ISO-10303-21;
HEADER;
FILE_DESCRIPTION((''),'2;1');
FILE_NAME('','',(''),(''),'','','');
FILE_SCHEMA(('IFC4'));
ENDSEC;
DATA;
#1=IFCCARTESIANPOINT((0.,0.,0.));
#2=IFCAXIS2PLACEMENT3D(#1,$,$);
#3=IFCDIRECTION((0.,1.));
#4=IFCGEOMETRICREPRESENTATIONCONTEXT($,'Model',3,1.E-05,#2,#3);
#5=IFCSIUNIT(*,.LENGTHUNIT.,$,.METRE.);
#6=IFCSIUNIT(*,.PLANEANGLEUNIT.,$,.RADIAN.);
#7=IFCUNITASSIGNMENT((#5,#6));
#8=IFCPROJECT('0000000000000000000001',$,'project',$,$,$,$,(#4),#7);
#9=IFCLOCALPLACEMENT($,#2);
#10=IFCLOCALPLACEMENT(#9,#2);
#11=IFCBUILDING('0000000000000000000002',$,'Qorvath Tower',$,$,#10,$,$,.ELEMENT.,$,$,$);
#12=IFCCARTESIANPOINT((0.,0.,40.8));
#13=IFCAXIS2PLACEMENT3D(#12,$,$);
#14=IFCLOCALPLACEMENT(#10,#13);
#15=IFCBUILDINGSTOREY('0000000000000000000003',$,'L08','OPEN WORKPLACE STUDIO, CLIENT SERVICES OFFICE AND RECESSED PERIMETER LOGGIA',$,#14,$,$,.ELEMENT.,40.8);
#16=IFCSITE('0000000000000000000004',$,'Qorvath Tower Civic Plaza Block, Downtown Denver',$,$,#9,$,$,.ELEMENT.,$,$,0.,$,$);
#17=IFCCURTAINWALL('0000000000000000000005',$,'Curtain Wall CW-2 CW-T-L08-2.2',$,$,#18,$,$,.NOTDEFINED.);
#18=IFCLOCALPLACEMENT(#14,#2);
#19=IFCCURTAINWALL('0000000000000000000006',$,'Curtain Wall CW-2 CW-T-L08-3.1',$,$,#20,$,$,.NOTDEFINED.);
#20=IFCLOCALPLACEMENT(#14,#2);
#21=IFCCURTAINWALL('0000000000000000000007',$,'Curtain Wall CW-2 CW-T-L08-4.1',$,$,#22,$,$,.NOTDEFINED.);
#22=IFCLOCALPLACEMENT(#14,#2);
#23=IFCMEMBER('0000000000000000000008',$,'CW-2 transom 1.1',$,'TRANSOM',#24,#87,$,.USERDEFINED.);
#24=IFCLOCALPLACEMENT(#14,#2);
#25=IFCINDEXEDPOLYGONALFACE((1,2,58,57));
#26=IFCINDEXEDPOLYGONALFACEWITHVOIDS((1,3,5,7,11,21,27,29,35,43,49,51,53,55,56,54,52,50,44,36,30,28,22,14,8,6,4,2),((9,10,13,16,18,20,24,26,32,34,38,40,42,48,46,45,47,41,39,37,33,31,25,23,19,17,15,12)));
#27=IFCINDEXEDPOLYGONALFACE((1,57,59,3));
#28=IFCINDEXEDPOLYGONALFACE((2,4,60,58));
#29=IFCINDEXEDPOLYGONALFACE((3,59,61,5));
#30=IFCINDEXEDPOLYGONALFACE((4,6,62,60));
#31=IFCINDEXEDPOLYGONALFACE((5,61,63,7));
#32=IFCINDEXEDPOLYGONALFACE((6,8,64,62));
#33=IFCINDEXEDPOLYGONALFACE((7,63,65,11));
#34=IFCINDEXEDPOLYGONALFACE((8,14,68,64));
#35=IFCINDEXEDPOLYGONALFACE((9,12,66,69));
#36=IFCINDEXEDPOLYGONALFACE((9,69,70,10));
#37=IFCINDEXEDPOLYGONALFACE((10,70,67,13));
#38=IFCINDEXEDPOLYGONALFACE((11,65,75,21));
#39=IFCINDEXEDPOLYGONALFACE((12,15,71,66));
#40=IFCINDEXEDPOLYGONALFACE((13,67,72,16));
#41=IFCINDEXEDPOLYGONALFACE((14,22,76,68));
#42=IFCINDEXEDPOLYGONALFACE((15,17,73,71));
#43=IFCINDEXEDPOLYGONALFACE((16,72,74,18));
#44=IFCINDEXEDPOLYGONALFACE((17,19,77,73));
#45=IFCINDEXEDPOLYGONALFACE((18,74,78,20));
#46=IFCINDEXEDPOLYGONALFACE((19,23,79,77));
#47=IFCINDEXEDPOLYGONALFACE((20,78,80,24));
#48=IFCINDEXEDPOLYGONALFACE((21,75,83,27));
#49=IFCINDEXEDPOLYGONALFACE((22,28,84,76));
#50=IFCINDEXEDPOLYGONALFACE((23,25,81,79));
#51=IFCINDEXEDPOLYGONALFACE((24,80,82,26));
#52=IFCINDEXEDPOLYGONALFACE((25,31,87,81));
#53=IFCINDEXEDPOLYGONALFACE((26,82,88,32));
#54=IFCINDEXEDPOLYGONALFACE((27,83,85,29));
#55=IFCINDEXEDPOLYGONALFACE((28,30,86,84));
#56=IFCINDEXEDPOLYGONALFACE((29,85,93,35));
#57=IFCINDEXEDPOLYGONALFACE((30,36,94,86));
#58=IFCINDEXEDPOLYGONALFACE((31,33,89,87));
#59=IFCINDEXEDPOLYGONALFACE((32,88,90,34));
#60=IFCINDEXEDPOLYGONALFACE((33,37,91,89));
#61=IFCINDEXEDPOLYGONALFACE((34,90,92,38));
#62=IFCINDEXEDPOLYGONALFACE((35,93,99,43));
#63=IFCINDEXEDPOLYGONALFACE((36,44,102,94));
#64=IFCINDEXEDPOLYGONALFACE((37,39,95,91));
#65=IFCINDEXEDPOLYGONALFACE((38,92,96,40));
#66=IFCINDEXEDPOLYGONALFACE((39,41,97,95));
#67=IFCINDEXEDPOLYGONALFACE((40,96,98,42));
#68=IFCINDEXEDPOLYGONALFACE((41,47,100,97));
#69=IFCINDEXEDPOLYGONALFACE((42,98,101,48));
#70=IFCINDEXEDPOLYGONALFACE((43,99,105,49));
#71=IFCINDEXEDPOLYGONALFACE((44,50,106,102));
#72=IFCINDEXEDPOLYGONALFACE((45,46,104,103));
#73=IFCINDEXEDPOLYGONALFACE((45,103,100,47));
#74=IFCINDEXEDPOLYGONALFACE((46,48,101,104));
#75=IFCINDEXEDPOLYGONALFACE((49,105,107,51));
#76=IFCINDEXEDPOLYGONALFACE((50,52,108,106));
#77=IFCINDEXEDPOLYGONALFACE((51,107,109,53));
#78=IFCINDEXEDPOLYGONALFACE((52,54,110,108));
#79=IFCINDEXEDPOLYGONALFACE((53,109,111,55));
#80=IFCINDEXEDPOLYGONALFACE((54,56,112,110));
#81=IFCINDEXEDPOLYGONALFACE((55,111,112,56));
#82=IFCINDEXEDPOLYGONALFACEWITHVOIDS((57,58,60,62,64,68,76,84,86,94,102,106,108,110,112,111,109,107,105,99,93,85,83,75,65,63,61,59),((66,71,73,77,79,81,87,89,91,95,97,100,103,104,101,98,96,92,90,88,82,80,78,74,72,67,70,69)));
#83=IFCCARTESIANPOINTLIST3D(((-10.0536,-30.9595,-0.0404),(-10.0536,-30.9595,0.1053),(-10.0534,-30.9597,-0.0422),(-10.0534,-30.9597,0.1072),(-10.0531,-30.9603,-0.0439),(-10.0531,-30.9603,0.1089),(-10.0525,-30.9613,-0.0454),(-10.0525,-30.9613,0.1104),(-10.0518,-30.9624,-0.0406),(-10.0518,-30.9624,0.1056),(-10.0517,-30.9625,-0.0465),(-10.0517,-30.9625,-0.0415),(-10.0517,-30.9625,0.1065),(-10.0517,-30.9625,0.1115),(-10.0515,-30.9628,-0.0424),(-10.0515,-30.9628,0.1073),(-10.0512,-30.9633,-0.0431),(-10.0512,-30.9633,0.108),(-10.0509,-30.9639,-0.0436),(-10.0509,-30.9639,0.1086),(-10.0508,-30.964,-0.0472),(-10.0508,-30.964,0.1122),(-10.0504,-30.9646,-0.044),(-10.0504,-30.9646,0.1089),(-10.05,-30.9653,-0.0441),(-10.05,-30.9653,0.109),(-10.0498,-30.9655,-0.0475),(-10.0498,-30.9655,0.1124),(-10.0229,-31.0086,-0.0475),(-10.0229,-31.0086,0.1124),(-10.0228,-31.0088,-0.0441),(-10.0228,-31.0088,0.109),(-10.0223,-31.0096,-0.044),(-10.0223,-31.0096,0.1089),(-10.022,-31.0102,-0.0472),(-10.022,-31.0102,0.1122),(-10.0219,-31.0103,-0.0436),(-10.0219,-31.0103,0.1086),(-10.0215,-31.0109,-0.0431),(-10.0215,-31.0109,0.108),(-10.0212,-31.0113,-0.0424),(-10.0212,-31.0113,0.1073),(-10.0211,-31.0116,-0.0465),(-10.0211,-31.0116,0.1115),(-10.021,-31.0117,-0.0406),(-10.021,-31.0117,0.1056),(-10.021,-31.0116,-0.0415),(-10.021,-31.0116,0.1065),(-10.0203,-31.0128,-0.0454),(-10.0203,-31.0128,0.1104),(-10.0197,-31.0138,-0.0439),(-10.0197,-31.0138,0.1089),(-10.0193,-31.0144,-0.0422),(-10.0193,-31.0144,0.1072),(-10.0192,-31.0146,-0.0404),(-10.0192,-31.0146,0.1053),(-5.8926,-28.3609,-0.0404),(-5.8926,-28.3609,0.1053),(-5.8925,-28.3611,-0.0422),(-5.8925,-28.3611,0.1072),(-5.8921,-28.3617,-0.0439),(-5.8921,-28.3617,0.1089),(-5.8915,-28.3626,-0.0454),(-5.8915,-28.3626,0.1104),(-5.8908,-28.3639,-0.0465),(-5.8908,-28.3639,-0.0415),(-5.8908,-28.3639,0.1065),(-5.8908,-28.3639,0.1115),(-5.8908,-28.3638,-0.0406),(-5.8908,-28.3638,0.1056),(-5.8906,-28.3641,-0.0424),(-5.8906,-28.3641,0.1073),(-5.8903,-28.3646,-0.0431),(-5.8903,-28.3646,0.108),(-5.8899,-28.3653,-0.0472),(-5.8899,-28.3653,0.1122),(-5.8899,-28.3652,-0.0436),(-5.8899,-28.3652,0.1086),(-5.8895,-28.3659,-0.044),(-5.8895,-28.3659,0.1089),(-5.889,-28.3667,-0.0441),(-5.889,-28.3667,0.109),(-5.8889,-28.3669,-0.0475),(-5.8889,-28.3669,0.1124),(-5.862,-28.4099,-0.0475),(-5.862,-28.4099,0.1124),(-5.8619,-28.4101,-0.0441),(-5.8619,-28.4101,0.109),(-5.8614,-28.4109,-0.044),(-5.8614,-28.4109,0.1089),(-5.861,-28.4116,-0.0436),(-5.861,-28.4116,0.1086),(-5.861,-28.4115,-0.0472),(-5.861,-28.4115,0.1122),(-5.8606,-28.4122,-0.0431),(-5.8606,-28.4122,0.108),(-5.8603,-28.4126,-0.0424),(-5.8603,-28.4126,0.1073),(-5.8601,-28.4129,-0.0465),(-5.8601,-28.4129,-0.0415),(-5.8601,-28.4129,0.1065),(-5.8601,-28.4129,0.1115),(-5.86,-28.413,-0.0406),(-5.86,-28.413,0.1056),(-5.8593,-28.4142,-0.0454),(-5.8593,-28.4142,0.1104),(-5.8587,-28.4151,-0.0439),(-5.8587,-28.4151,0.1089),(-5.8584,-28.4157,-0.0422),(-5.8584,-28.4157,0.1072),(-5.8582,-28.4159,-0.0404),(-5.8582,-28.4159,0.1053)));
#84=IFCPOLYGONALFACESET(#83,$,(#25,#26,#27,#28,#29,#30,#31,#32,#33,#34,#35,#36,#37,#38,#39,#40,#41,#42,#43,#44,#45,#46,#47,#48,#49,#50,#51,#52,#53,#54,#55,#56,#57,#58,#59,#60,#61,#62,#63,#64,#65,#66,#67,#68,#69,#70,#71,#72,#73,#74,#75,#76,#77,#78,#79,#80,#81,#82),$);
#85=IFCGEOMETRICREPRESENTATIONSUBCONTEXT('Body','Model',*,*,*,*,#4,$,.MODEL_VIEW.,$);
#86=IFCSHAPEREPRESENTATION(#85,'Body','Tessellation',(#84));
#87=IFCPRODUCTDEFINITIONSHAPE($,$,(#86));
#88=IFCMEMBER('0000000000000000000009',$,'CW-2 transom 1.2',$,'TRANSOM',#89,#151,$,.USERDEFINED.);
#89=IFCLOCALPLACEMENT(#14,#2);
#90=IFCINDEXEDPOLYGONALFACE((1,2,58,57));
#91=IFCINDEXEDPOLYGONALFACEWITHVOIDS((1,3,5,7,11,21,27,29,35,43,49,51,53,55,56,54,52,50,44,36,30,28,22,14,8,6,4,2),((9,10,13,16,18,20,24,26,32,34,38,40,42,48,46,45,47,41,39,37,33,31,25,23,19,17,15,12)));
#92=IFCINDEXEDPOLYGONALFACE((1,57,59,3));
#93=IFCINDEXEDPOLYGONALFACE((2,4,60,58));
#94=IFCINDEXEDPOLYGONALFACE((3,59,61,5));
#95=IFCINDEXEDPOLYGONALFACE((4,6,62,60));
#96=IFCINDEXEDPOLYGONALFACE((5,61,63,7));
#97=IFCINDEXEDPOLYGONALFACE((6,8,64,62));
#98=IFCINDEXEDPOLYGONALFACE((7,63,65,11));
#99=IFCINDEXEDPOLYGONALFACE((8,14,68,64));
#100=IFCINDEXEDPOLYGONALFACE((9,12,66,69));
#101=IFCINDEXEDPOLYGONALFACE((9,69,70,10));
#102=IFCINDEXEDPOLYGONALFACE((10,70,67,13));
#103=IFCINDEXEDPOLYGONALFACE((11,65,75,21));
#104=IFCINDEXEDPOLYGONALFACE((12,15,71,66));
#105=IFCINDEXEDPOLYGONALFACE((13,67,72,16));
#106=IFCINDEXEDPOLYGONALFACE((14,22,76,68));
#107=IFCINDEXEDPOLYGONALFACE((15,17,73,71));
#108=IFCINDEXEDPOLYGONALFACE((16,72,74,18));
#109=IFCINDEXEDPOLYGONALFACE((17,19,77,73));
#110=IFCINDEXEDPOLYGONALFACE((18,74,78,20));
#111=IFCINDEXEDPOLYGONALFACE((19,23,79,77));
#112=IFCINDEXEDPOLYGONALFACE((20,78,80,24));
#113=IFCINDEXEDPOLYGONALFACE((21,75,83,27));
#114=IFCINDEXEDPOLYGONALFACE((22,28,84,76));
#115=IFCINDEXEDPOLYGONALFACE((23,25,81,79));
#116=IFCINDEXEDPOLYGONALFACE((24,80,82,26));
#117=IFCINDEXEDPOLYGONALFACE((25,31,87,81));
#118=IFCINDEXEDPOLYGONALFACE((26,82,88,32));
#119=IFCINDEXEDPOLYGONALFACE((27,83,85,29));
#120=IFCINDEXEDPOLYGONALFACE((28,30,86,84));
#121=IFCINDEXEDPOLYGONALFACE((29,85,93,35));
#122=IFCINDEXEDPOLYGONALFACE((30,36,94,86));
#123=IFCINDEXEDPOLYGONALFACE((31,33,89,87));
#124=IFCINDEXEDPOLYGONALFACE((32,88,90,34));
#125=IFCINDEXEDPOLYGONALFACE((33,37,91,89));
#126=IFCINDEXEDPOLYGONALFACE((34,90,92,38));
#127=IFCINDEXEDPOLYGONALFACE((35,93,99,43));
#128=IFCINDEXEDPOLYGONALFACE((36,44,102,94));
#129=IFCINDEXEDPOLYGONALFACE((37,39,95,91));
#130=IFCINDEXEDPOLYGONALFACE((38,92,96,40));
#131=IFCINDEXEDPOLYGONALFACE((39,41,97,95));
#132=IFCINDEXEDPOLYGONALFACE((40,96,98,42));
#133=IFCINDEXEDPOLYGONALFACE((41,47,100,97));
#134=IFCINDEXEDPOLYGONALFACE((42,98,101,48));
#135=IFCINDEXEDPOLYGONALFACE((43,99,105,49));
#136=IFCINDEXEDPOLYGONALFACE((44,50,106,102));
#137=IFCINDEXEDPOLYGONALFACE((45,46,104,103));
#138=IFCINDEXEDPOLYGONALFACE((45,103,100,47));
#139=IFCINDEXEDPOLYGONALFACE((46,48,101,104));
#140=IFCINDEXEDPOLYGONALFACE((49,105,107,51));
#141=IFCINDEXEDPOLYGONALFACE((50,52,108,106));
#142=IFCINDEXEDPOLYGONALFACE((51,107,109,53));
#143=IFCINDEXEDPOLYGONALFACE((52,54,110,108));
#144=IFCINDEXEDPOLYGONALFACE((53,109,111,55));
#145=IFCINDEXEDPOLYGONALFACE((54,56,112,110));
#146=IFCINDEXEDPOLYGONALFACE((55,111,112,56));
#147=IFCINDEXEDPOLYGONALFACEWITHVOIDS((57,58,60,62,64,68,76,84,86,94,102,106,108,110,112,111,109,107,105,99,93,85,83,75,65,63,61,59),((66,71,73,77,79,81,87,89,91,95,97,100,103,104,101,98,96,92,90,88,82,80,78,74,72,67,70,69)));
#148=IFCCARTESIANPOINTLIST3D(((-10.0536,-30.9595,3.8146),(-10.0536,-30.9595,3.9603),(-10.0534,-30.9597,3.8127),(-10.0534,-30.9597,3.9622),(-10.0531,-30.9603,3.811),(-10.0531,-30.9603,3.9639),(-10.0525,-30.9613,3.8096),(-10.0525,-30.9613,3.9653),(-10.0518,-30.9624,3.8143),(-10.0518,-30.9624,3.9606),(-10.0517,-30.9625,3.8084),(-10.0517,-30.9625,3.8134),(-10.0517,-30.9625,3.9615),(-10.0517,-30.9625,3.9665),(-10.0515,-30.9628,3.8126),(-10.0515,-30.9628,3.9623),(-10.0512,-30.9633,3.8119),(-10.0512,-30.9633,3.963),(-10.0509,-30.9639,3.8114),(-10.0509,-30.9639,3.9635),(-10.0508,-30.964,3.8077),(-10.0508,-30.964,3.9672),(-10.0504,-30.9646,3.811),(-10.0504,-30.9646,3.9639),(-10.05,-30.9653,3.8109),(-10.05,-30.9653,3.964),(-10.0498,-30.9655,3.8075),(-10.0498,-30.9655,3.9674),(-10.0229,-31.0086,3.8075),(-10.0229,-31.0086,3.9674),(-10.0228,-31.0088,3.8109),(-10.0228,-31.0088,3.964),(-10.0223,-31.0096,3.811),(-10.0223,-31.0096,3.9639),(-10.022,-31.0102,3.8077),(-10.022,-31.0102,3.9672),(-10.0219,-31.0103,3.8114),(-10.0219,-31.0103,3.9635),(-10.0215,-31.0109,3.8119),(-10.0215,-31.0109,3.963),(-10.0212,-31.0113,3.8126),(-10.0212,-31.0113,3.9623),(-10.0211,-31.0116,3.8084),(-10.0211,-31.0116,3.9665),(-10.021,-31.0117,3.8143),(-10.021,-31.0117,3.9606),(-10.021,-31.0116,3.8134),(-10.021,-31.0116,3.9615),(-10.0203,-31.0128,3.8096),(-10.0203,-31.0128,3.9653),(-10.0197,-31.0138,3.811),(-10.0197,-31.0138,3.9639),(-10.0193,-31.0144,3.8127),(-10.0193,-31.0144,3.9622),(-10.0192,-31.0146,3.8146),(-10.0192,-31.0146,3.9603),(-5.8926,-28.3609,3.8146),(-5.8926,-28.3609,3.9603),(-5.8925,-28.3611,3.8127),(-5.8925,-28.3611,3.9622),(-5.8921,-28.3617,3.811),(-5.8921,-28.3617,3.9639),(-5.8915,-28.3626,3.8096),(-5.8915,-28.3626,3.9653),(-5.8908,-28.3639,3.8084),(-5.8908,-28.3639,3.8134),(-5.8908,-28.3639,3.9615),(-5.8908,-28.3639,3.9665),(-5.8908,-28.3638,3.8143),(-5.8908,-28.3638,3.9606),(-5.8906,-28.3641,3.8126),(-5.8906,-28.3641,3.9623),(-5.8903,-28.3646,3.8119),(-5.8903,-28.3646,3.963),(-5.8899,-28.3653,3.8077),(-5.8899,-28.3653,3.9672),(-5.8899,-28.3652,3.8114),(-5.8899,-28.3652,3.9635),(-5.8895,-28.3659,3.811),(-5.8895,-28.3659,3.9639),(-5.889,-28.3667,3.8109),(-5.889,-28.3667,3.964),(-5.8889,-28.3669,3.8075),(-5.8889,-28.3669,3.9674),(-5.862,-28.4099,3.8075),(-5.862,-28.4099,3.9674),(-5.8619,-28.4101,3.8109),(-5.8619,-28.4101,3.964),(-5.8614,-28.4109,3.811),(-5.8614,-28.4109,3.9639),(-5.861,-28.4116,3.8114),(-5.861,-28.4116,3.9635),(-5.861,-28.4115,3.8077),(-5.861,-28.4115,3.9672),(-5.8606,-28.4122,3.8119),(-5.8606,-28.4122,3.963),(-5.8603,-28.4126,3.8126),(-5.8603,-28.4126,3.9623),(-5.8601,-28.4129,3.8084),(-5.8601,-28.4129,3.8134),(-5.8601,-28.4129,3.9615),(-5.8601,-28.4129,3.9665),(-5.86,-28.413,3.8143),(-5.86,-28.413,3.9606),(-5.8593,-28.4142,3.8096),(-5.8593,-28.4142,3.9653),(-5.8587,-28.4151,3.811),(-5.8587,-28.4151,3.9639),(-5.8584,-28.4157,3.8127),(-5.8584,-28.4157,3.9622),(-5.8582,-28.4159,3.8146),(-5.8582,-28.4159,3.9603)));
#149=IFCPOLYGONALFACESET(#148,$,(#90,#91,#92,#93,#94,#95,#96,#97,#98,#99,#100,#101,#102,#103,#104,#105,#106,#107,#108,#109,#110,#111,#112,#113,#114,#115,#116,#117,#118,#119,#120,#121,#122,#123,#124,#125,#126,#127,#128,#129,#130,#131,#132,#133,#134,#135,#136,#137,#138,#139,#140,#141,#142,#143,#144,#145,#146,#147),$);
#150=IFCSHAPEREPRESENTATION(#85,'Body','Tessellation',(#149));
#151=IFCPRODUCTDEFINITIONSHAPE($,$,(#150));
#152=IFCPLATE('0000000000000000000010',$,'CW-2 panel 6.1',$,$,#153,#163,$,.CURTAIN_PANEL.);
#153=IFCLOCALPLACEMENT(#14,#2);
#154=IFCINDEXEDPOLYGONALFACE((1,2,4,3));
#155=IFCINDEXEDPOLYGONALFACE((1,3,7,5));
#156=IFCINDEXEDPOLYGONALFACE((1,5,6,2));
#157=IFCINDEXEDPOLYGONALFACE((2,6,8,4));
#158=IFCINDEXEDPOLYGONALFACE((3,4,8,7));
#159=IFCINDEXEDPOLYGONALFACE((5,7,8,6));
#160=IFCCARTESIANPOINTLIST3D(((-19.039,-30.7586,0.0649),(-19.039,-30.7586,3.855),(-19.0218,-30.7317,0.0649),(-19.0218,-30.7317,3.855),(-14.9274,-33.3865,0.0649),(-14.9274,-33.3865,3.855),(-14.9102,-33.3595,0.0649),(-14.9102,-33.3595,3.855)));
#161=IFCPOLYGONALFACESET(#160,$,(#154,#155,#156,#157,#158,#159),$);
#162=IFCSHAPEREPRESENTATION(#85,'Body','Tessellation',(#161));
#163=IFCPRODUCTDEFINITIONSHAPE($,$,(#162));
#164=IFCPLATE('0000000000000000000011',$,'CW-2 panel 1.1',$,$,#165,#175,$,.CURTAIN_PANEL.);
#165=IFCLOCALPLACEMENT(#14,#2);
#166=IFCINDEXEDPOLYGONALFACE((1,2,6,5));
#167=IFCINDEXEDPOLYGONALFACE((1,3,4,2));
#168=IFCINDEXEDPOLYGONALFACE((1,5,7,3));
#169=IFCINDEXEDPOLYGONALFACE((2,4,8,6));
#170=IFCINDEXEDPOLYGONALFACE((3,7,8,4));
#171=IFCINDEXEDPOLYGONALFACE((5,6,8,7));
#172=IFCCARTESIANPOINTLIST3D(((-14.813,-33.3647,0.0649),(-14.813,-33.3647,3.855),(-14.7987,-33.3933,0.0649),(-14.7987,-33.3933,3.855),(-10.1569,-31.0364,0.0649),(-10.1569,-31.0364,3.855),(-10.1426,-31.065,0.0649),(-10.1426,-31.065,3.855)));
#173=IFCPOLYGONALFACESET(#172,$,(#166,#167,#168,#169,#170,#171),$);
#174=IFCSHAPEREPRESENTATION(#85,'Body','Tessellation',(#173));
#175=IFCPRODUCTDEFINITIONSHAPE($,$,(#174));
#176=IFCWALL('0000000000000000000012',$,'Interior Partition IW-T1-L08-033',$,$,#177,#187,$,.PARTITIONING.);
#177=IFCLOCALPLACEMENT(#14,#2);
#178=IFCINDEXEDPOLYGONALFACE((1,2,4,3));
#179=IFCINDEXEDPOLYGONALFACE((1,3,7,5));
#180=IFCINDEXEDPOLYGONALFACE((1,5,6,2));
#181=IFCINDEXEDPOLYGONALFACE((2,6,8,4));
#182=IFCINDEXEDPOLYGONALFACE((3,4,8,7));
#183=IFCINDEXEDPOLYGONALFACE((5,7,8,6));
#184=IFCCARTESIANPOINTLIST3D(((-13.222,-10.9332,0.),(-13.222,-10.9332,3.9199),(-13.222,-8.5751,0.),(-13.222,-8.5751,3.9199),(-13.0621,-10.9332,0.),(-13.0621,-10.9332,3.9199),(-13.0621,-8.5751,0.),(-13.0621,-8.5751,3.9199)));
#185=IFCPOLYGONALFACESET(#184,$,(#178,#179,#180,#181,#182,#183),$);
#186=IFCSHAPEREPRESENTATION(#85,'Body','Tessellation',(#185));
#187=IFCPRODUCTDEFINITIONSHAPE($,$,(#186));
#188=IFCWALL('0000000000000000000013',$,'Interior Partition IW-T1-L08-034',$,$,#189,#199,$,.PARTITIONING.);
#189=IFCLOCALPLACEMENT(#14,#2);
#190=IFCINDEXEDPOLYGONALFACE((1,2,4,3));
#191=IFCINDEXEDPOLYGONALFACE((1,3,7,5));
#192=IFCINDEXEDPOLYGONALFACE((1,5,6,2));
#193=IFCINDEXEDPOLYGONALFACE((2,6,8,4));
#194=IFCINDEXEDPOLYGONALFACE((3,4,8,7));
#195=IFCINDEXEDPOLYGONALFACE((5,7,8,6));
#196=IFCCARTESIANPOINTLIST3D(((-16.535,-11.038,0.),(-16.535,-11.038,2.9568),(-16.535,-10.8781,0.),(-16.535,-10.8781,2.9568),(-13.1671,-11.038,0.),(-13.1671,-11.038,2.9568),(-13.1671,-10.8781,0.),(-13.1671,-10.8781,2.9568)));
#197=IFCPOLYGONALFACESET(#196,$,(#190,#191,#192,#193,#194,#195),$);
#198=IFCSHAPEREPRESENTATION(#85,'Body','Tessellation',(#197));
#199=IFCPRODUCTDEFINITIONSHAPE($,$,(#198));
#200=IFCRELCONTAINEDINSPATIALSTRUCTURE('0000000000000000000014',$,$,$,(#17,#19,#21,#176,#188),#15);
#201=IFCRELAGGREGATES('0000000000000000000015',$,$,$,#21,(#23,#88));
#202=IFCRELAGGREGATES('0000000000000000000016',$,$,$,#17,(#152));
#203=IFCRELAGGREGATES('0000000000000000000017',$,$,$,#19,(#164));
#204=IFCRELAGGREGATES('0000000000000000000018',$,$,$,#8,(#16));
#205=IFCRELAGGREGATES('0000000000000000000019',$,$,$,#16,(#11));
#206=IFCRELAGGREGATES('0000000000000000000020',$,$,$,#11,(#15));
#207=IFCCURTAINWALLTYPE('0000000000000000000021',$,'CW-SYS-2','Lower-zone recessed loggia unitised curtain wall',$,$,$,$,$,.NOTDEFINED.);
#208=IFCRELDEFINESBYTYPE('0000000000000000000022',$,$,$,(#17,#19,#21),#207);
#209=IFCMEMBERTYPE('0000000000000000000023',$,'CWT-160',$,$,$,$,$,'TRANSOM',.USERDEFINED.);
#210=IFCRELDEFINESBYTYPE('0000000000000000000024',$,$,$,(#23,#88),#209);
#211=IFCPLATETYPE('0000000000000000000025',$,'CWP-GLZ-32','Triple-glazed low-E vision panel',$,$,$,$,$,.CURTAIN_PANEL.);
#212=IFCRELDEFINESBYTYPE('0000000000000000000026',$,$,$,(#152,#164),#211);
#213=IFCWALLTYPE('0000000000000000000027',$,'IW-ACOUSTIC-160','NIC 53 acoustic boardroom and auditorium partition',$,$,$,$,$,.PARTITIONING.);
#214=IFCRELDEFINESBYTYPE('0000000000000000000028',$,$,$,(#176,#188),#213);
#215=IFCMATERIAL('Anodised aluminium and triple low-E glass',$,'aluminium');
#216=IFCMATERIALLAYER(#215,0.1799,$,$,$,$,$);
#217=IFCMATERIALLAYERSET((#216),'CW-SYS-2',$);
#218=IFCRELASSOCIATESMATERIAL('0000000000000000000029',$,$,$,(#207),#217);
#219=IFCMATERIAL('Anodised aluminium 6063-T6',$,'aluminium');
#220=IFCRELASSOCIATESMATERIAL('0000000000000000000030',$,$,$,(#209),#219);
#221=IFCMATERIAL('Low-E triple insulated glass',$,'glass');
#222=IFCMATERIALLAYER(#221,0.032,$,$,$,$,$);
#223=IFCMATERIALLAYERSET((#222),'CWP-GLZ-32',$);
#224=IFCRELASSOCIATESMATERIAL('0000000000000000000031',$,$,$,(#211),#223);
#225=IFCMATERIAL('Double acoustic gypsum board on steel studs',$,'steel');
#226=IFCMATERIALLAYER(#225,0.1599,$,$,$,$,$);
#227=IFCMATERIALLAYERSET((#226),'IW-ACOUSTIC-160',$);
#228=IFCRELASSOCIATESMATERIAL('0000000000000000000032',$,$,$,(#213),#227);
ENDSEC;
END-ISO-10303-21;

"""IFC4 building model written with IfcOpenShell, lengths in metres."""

from ifc_helpers import new_model, si_unit, direction, frame, frame_2d, origin, origin_2d, place, context, subcontext, project, spatial, rectangle, hollow_rectangle, extrude, material, layer, layer_set, material_profile, profile_set, type_object, element, aggregate, save


model = new_model("IFC4")

# Units and contexts
model_context = context("Model", 3, precision=1e-05, world=origin(), true_north=direction((0.0, 1.0)))
body_context = subcontext(model_context, "Body", "Model", "MODEL_VIEW")
ifc_project = project(units=[si_unit("LENGTHUNIT", "METRE"), si_unit("PLANEANGLEUNIT", "RADIAN")], contexts=[model_context])

# Site, building, storey
site_placement = place(None, origin())
site = spatial("IfcSite", under=ifc_project, at=site_placement, Name="Qorvath Tower Civic Plaza Block, Downtown Denver", CompositionType="ELEMENT", RefElevation=0.0)
building_placement = place(site_placement, origin())
building = spatial("IfcBuilding", under=site, at=building_placement, Name="Qorvath Tower", CompositionType="ELEMENT")
storey_placement = place(building_placement, frame((0.0, 0.0, 40.8)))
storey = spatial("IfcBuildingStorey", under=building, at=storey_placement, Name="L08", Description="OPEN WORKPLACE STUDIO, CLIENT SERVICES OFFICE AND RECESSED PERIMETER LOGGIA", CompositionType="ELEMENT", Elevation=40.8)

# Curtain walls
ifc_material_1 = material(Name="Anodised aluminium and triple low-E glass", Category="aluminium")
ifc_layer_1 = layer(ifc_material_1, 0.1799)
ifc_layer_set_1 = layer_set([ifc_layer_1], Name="CW-SYS-2")
curtain_wall_type = type_object("IfcCurtainWallType", Name="CW-SYS-2", Description="Lower-zone recessed loggia unitised curtain wall", PredefinedType="NOTDEFINED", material=ifc_layer_set_1)
curtain_wall_1_placement = place(storey_placement, origin())
curtain_wall_1 = element("IfcCurtainWall", 1, at=curtain_wall_1_placement, inside=storey, type_object=curtain_wall_type, Name="Curtain Wall CW-2 CW-T-L08-2.2", PredefinedType="NOTDEFINED")
curtain_wall_2_placement = place(storey_placement, origin())
curtain_wall_2 = element("IfcCurtainWall", 2, at=curtain_wall_2_placement, inside=storey, type_object=curtain_wall_type, Name="Curtain Wall CW-2 CW-T-L08-3.1", PredefinedType="NOTDEFINED")

# Curtain wall
curtain_wall_3_placement = place(storey_placement, origin())
curtain_wall_3 = element("IfcCurtainWall", 3, at=curtain_wall_3_placement, inside=storey, type_object=curtain_wall_type, Name="Curtain Wall CW-2 CW-T-L08-4.1", PredefinedType="NOTDEFINED")

# Members
ifc_material_2 = material(Name="Anodised aluminium 6063-T6", Category="aluminium")
ifc_material_profile_1 = material_profile(ifc_material_2, hollow_rectangle(XDim=0.0649, YDim=0.1599, WallThickness=0.0034, InnerFilletRadius=0.0034, OuterFilletRadius=0.0071, at=origin_2d()), Name="CWT 160x65")
ifc_profile_set_1 = profile_set([ifc_material_profile_1], Name="Anodised aluminium 6063-T6")
member_type_1 = type_object("IfcMemberType", Name="CWT-160", ElementType="TRANSOM", PredefinedType="USERDEFINED", material=ifc_profile_set_1)
member_1_placement = place(storey_placement, frame((-10.0364, -30.9871, 0.0325), z_axis=(0.848174, 0.529717, 0.0), x_axis=(-0.529717, 0.848174, 0.0)))
member_1 = element("IfcMember", 4, at=member_1_placement, type_object=member_type_1, Name="CW-2 transom 1.1", ObjectType="TRANSOM", PredefinedType="USERDEFINED", context=body_context, shape_type="SweptSolid", body=[
    extrude(hollow_rectangle(XDim=0.0649, YDim=0.1599, WallThickness=0.0034, InnerFilletRadius=0.0034, OuterFilletRadius=0.0071, at=origin_2d()), origin(), (0.0, 0.0, 1.0), 4.9058),
])
member_2_placement = place(storey_placement, frame((-10.0364, -30.9871, 3.8875), z_axis=(0.848174, 0.529717, 0.0), x_axis=(-0.529717, 0.848174, 0.0)))
member_2 = element("IfcMember", 5, at=member_2_placement, type_object=member_type_1, Name="CW-2 transom 1.2", ObjectType="TRANSOM", PredefinedType="USERDEFINED", context=body_context, shape_type="SweptSolid", body=[
    extrude(hollow_rectangle(XDim=0.0649, YDim=0.1599, WallThickness=0.0034, InnerFilletRadius=0.0034, OuterFilletRadius=0.0071, at=origin_2d()), origin(), (0.0, 0.0, 1.0), 4.9058),
])
aggregate(curtain_wall_3, [member_1, member_2])

# Plates
ifc_material_3 = material(Name="Low-E triple insulated glass", Category="glass")
ifc_layer_2 = layer(ifc_material_3, 0.032)
ifc_layer_set_2 = layer_set([ifc_layer_2], Name="CWP-GLZ-32")
plate_type = type_object("IfcPlateType", Name="CWP-GLZ-32", Description="Triple-glazed low-E vision panel", PredefinedType="CURTAIN_PANEL", material=ifc_layer_set_2)
plate_1_placement = place(storey_placement, frame((-16.9746, -32.0591, 0.0649), z_axis=(0.0, 0.0, 1.0), x_axis=(0.842602, -0.538537, 0.0)))
plate_1 = element("IfcPlate", 6, at=plate_1_placement, type_object=plate_type, Name="CW-2 panel 6.1", PredefinedType="CURTAIN_PANEL", context=body_context, shape_type="SweptSolid", body=[
    extrude(rectangle(XDim=4.8796, YDim=0.032, at=origin_2d()), origin(), (0.0, 0.0, 1.0), 3.79),
])
aggregate(curtain_wall_1, [plate_1])
plate_2_placement = place(storey_placement, frame((-12.4778, -32.2148, 0.0649), z_axis=(0.0, 0.0, 1.0), x_axis=(0.894405, 0.447259, 0.0)))
plate_2 = element("IfcPlate", 7, at=plate_2_placement, type_object=plate_type, Name="CW-2 panel 1.1", PredefinedType="CURTAIN_PANEL", context=body_context, shape_type="SweptSolid", body=[
    extrude(rectangle(XDim=5.2058, YDim=0.032, at=origin_2d()), origin(), (0.0, 0.0, 1.0), 3.79),
])
aggregate(curtain_wall_2, [plate_2])

# Walls
ifc_material_4 = material(Name="Double acoustic gypsum board on steel studs", Category="steel")
ifc_layer_3 = layer(ifc_material_4, 0.1599)
ifc_layer_set_3 = layer_set([ifc_layer_3], Name="IW-ACOUSTIC-160")
wall_type_1 = type_object("IfcWallType", Name="IW-ACOUSTIC-160", Description="NIC 53 acoustic boardroom and auditorium partition", PredefinedType="PARTITIONING", material=ifc_layer_set_3)
wall_1_placement = place(storey_placement, frame((-13.1421, -8.575, 0.0), z_axis=(0.0, 0.0, 1.0), x_axis=(0.0, -1.0, 0.0)))
element("IfcWall", 8, at=wall_1_placement, inside=storey, type_object=wall_type_1, Name="Interior Partition IW-T1-L08-033", PredefinedType="PARTITIONING", context=body_context, shape_type="SweptSolid", body=[
    extrude(rectangle(XDim=2.3582, YDim=0.1599, at=frame_2d((1.1792, 0.0))), origin(), (0.0, 0.0, 1.0), 3.9199),
])
wall_2_placement = place(storey_placement, frame((-13.167, -10.958, 0.0), z_axis=(0.0, 0.0, 1.0), x_axis=(-1.0, 0.0, 0.0)))
element("IfcWall", 9, at=wall_2_placement, inside=storey, type_object=wall_type_1, Name="Interior Partition IW-T1-L08-034", PredefinedType="PARTITIONING", context=body_context, shape_type="SweptSolid", body=[
    extrude(rectangle(XDim=3.3679, YDim=0.1599, at=frame_2d((1.6841, 0.0))), origin(), (0.0, 0.0, 1.0), 2.9568),
])

save(model, "model.ifc")
